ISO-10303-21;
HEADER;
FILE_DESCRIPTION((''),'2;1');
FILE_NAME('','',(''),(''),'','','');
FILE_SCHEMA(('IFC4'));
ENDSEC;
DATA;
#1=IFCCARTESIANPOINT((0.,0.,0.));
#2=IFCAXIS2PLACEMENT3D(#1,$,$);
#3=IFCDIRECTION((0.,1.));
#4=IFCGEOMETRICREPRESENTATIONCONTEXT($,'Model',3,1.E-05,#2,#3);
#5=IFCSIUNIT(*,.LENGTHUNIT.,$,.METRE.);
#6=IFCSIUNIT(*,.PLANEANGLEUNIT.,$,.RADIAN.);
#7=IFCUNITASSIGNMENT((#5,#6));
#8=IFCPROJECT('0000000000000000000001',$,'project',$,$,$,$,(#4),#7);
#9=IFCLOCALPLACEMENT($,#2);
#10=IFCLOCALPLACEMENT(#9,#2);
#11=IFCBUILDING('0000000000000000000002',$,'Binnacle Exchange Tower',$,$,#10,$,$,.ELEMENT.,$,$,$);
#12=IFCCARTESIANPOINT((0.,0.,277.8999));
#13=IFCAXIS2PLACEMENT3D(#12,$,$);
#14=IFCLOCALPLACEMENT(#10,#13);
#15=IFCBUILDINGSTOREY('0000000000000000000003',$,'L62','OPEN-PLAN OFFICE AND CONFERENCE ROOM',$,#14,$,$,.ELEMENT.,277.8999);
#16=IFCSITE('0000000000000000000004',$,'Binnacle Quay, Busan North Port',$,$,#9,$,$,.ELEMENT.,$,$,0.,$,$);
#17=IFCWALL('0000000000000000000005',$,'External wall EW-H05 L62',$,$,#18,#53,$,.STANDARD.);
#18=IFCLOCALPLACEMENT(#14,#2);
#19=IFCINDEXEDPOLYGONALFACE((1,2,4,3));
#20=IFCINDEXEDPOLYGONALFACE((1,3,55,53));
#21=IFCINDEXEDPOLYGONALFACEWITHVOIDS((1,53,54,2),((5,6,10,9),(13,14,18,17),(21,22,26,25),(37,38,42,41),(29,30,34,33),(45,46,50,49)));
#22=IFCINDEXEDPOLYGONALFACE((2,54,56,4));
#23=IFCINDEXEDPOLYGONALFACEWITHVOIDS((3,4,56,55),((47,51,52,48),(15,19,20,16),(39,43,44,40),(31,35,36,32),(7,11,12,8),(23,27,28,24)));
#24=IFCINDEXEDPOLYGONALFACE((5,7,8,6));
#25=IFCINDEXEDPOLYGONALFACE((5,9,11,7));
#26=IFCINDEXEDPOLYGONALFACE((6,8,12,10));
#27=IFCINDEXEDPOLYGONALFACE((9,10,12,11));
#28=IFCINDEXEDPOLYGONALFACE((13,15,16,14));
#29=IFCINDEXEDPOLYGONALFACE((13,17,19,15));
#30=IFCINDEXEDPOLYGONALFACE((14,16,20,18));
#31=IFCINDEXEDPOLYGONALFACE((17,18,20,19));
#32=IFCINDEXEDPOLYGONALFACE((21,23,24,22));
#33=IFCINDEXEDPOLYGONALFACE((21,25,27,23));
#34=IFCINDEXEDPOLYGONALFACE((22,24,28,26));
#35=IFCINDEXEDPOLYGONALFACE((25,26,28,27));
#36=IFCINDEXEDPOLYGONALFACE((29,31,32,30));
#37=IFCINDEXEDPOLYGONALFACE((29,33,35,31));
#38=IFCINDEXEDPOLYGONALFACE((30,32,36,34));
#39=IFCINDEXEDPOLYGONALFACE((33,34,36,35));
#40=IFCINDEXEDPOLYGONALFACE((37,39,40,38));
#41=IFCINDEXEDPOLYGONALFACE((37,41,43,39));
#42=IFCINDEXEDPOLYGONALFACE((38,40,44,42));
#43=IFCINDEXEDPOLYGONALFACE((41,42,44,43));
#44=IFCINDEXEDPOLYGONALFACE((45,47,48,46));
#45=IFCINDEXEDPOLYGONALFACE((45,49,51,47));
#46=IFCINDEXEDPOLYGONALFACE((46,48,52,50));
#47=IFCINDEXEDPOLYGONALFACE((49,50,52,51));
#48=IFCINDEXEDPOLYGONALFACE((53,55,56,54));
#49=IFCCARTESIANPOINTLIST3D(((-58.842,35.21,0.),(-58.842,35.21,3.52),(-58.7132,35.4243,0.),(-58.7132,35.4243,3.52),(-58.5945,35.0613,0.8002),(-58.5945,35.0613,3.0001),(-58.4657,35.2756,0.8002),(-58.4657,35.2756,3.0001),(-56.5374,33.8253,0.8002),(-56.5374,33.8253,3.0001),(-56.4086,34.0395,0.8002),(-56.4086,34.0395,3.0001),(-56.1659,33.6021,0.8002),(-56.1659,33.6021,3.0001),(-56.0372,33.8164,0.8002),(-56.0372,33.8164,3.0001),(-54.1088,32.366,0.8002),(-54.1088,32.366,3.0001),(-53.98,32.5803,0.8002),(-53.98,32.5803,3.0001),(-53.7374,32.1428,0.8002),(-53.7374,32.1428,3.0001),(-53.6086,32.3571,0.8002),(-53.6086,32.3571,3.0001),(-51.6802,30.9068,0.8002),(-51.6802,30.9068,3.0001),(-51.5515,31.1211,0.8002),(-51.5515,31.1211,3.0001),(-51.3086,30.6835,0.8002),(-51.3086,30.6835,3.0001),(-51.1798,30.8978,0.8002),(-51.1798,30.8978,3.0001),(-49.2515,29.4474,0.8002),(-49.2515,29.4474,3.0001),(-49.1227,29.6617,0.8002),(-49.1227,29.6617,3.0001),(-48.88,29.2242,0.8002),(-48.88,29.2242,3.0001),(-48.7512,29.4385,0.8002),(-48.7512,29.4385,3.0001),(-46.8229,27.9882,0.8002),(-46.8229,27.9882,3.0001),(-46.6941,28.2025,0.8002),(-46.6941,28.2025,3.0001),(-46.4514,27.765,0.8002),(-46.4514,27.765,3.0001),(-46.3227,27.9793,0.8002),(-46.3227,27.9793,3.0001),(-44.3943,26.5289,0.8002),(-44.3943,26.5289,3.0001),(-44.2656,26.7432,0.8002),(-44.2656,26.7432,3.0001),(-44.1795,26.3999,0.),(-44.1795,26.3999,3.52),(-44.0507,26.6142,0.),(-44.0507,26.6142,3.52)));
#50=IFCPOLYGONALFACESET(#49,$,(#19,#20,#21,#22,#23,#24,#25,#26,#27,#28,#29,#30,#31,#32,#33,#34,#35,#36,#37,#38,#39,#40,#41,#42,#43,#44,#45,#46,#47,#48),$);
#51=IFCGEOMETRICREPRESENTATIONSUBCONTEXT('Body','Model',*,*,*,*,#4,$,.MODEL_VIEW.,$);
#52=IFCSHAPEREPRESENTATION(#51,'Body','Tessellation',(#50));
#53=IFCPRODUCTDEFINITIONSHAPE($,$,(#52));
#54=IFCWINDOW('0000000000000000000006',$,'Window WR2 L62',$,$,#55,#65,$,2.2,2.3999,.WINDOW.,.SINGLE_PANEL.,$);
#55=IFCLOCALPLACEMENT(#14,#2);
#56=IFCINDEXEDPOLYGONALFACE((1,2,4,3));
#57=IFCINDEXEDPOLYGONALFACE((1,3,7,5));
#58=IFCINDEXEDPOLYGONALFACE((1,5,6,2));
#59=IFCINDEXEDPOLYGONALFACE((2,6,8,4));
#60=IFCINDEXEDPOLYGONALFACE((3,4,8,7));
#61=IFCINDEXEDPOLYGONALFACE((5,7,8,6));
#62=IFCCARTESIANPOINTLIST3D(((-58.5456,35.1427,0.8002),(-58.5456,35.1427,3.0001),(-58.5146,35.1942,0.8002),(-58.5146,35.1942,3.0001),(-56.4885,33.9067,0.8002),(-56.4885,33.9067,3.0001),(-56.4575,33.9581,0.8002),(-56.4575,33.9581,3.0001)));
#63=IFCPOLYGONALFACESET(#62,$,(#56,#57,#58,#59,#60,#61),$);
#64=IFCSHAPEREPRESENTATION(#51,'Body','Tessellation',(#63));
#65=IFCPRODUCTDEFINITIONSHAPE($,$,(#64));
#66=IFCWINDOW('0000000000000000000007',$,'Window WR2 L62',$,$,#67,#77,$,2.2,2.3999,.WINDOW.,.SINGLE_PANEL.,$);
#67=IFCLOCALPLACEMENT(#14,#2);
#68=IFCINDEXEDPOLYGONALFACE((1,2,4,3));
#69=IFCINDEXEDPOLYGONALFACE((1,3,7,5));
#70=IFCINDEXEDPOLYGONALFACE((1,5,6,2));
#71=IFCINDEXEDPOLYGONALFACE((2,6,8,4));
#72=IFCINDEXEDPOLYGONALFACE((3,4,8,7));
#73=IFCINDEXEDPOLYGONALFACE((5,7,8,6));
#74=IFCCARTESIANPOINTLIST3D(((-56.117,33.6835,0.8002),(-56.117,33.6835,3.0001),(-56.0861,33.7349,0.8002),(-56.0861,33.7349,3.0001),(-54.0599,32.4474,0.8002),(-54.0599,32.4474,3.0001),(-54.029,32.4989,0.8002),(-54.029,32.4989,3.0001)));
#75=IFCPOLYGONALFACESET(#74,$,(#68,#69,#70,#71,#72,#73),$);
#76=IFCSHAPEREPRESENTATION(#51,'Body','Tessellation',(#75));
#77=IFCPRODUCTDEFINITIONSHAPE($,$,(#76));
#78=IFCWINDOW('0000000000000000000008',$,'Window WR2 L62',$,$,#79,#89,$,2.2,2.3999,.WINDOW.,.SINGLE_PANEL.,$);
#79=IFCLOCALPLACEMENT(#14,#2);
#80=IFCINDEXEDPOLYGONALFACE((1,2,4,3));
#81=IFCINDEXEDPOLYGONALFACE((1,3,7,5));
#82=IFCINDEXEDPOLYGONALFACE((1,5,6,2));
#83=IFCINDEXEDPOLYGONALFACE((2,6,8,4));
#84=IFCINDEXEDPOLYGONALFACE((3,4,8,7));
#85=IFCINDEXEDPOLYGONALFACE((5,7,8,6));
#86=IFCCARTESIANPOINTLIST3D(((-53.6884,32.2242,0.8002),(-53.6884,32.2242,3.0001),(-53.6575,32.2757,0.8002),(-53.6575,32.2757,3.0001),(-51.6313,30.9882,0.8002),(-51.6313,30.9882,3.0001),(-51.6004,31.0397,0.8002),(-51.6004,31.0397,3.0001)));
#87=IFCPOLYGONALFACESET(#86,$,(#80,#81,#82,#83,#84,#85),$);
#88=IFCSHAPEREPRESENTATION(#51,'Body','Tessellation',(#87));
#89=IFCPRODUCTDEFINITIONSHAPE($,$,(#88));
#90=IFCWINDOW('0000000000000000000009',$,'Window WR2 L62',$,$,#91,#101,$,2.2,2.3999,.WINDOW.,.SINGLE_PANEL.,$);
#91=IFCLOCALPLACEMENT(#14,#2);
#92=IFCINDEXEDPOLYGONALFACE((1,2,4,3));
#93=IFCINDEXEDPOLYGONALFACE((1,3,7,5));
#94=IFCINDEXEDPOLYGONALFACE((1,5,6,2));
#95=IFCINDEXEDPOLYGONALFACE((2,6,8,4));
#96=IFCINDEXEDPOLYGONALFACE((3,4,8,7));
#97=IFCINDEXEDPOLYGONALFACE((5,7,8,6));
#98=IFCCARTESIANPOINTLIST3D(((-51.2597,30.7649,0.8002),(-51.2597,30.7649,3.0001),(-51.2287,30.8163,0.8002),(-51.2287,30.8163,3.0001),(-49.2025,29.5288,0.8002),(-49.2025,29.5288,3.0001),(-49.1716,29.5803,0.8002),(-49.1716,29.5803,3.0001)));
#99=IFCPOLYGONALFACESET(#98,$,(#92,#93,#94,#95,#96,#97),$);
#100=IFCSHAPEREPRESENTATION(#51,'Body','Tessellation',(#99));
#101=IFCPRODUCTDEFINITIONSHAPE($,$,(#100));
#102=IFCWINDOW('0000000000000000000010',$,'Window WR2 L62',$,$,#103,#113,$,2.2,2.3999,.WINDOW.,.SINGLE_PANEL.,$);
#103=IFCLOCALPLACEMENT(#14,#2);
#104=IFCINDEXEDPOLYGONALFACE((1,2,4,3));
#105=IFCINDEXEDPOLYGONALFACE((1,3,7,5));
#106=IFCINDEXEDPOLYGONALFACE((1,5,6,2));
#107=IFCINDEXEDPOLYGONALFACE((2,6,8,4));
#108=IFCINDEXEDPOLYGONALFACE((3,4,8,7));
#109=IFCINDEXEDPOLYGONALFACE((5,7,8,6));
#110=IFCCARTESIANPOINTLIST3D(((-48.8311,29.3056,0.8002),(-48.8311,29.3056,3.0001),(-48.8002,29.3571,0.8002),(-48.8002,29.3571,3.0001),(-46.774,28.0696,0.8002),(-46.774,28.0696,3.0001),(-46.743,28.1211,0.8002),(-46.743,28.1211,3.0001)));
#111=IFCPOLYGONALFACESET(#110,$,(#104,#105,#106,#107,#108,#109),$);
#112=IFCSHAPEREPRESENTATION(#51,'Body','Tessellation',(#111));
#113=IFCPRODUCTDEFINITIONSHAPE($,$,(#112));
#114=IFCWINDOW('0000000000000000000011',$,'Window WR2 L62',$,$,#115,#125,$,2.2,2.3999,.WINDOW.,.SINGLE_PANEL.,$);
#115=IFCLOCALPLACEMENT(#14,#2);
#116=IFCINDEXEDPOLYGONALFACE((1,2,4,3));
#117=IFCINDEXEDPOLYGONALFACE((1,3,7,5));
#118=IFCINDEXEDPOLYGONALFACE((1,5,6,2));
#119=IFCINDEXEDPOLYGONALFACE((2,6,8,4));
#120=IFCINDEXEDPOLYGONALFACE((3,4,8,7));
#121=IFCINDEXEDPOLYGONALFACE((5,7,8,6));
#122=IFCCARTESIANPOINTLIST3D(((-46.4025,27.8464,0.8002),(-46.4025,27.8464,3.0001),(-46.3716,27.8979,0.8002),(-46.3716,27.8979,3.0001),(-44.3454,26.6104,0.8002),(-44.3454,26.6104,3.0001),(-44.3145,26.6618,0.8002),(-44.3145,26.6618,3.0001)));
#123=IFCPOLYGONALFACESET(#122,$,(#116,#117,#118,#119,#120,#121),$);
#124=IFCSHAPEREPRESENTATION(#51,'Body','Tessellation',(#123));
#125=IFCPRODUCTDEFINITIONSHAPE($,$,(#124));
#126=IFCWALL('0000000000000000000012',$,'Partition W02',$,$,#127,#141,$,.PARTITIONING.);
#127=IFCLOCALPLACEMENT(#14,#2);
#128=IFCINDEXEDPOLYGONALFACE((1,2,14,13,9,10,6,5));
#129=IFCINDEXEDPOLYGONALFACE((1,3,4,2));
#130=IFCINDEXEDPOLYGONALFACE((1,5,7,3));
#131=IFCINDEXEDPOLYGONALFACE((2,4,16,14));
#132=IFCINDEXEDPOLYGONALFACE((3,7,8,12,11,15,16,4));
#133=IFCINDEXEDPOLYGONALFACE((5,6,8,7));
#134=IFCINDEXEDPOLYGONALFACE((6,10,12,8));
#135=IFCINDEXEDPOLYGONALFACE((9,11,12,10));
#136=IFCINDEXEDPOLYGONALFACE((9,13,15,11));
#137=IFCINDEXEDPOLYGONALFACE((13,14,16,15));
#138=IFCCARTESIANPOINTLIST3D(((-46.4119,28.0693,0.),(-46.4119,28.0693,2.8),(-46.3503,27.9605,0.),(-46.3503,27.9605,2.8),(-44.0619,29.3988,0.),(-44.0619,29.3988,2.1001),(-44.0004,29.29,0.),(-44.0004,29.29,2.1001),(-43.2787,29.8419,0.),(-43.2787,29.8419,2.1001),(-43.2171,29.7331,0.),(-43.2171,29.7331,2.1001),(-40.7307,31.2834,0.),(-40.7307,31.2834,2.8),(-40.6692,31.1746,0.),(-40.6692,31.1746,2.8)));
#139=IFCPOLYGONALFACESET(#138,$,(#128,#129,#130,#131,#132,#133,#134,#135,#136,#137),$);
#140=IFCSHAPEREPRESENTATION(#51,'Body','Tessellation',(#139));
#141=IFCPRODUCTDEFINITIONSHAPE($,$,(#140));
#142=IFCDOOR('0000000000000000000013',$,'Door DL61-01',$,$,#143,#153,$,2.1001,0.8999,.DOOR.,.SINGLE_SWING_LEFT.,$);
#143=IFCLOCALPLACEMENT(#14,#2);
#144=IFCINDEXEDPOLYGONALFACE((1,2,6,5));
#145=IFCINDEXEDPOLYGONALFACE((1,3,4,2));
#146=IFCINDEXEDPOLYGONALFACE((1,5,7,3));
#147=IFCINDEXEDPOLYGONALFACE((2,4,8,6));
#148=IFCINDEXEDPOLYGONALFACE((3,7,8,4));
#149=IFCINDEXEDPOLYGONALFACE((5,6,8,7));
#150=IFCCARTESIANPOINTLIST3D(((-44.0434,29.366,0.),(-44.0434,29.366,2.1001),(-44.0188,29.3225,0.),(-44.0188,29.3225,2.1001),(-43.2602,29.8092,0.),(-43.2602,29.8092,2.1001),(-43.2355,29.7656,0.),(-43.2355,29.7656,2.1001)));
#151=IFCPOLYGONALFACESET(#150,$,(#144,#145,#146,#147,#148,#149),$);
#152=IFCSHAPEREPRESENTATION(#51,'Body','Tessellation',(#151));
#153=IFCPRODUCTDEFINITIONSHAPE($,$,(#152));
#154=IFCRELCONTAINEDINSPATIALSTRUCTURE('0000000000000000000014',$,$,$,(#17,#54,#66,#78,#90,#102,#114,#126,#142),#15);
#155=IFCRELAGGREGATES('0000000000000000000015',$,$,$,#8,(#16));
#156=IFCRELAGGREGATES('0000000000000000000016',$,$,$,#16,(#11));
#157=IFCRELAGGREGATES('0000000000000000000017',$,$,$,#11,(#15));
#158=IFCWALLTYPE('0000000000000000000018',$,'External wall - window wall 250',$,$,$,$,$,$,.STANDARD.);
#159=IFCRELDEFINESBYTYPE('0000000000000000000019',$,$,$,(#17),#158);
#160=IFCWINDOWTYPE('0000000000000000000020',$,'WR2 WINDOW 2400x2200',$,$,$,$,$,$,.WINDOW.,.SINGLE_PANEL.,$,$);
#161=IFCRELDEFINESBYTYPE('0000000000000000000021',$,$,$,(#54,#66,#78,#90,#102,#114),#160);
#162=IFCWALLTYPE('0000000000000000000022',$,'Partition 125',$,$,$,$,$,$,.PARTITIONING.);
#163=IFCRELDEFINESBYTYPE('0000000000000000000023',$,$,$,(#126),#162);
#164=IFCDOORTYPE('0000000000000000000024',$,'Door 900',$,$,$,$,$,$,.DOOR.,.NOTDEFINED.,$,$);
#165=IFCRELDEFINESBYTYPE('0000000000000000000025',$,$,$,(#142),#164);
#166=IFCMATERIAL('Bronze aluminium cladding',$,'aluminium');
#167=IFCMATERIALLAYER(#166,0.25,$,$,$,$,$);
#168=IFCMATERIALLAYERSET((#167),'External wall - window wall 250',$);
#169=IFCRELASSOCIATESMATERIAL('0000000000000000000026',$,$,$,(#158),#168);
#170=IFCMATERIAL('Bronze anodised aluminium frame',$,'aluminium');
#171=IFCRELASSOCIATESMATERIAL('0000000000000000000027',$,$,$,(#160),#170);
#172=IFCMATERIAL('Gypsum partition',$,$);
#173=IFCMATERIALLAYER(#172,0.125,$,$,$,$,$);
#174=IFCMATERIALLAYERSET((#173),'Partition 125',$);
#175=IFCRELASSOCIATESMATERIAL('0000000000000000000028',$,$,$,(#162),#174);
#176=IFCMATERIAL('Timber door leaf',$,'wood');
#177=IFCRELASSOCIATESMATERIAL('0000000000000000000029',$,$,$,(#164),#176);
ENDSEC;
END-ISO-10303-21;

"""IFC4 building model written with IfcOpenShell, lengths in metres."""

from ifc_helpers import new_model, si_unit, direction, frame, frame_2d, origin, place, context, subcontext, project, spatial, rectangle, extrude, material, layer, layer_set, type_object, element, fill, save


model = new_model("IFC4")

# Units and contexts
model_context = context("Model", 3, precision=1e-05, world=origin(), true_north=direction((0.0, 1.0)))
body_context = subcontext(model_context, "Body", "Model", "MODEL_VIEW")
ifc_project = project(units=[si_unit("LENGTHUNIT", "METRE"), si_unit("PLANEANGLEUNIT", "RADIAN")], contexts=[model_context])

# Site, building, storey
site_placement = place(None, origin())
site = spatial("IfcSite", under=ifc_project, at=site_placement, Name="Binnacle Quay, Busan North Port", CompositionType="ELEMENT", RefElevation=0.0)
building_placement = place(site_placement, origin())
building = spatial("IfcBuilding", under=site, at=building_placement, Name="Binnacle Exchange Tower", CompositionType="ELEMENT")
storey_placement = place(building_placement, frame((0.0, 0.0, 277.8999)))
storey = spatial("IfcBuildingStorey", under=building, at=storey_placement, Name="L62", Description="OPEN-PLAN OFFICE AND CONFERENCE ROOM", CompositionType="ELEMENT", Elevation=277.8999)

# Shared definitions
ifc_material_1 = material(Name="Bronze aluminium cladding", Category="aluminium")
ifc_layer_1 = layer(ifc_material_1, 0.25)
ifc_layer_set_1 = layer_set([ifc_layer_1], Name="External wall - window wall 250")
wall_type_1 = type_object("IfcWallType", Name="External wall - window wall 250", PredefinedType="STANDARD", material=ifc_layer_set_1)

# Wall, openings, windows
wall_1_placement = place(storey_placement, frame((-44.1152, 26.5071, 0.0), z_axis=(0.0, 0.0, 1.0), x_axis=(-0.857167, 0.515039, 0.0)))
wall_1 = element("IfcWall", 1, at=wall_1_placement, inside=storey, type_object=wall_type_1, Name="External wall EW-H05 L62", PredefinedType="STANDARD", context=body_context, shape_type="SweptSolid", body=[
    extrude(rectangle(XDim=17.1057, YDim=0.25, at=frame_2d((8.5527, 0.0))), origin(), (0.0, 0.0, 1.0), 3.52),
])
opening_1_placement = place(wall_1_placement, frame((14.417, 0.0, 0.8)))
opening_1 = element("IfcOpeningElement", 2, at=opening_1_placement, cuts=wall_1, PredefinedType="OPENING", context=body_context, shape_type="SweptSolid", body=[
    extrude(rectangle(XDim=2.3999, YDim=2.2, at=frame_2d((1.2, 1.1001))), frame((0.0, 0.135, 0.0), z_axis=(0.0, -1.0, 0.0), x_axis=(1.0, 0.0, 0.0)), (0.0, 0.0, 1.0), 0.27),
])
opening_2_placement = place(wall_1_placement, frame((11.5837, 0.0, 0.8)))
opening_2 = element("IfcOpeningElement", 3, at=opening_2_placement, cuts=wall_1, PredefinedType="OPENING", context=body_context, shape_type="SweptSolid", body=[
    extrude(rectangle(XDim=2.3999, YDim=2.2, at=frame_2d((1.2, 1.1001))), frame((0.0, 0.135, 0.0), z_axis=(0.0, -1.0, 0.0), x_axis=(1.0, 0.0, 0.0)), (0.0, 0.0, 1.0), 0.27),
])
opening_3_placement = place(wall_1_placement, frame((8.7505, 0.0, 0.8)))
opening_3 = element("IfcOpeningElement", 4, at=opening_3_placement, cuts=wall_1, PredefinedType="OPENING", context=body_context, shape_type="SweptSolid", body=[
    extrude(rectangle(XDim=2.3999, YDim=2.2, at=frame_2d((1.2, 1.1001))), frame((0.0, 0.135, 0.0), z_axis=(0.0, -1.0, 0.0), x_axis=(1.0, 0.0, 0.0)), (0.0, 0.0, 1.0), 0.27),
])
opening_4_placement = place(wall_1_placement, frame((5.917, 0.0, 0.8)))
opening_4 = element("IfcOpeningElement", 5, at=opening_4_placement, cuts=wall_1, PredefinedType="OPENING", context=body_context, shape_type="SweptSolid", body=[
    extrude(rectangle(XDim=2.3999, YDim=2.2, at=frame_2d((1.2, 1.1001))), frame((0.0, 0.135, 0.0), z_axis=(0.0, -1.0, 0.0), x_axis=(1.0, 0.0, 0.0)), (0.0, 0.0, 1.0), 0.27),
])
opening_5_placement = place(wall_1_placement, frame((3.0837, 0.0, 0.8)))
opening_5 = element("IfcOpeningElement", 6, at=opening_5_placement, cuts=wall_1, PredefinedType="OPENING", context=body_context, shape_type="SweptSolid", body=[
    extrude(rectangle(XDim=2.3999, YDim=2.2, at=frame_2d((1.2, 1.1001))), frame((0.0, 0.135, 0.0), z_axis=(0.0, -1.0, 0.0), x_axis=(1.0, 0.0, 0.0)), (0.0, 0.0, 1.0), 0.27),
])
opening_6_placement = place(wall_1_placement, frame((0.2505, 0.0, 0.8)))
opening_6 = element("IfcOpeningElement", 7, at=opening_6_placement, cuts=wall_1, PredefinedType="OPENING", context=body_context, shape_type="SweptSolid", body=[
    extrude(rectangle(XDim=2.3999, YDim=2.2, at=frame_2d((1.2, 1.1001))), frame((0.0, 0.135, 0.0), z_axis=(0.0, -1.0, 0.0), x_axis=(1.0, 0.0, 0.0)), (0.0, 0.0, 1.0), 0.27),
])
ifc_material_2 = material(Name="Bronze anodised aluminium frame", Category="aluminium")
window_type = type_object("IfcWindowType", Name="WR2 WINDOW 2400x2200", PartitioningType="SINGLE_PANEL", PredefinedType="WINDOW", material=ifc_material_2)
window_1_placement = place(opening_1_placement, origin())
window_1 = element("IfcWindow", 8, at=window_1_placement, inside=storey, type_object=window_type, Name="Window WR2 L62", OverallHeight=2.2, OverallWidth=2.3999, PartitioningType="SINGLE_PANEL", PredefinedType="WINDOW", context=body_context, shape_type="SweptSolid", body=[
    extrude(rectangle(XDim=2.3999, YDim=2.2, at=frame_2d((1.2, 1.1001))), frame((0.0, 0.03, 0.0), z_axis=(0.0, -1.0, 0.0), x_axis=(1.0, 0.0, 0.0)), (0.0, 0.0, 1.0), 0.0601),
])
fill(opening_1, window_1)
window_2_placement = place(opening_2_placement, origin())
window_2 = element("IfcWindow", 9, at=window_2_placement, inside=storey, type_object=window_type, Name="Window WR2 L62", OverallHeight=2.2, OverallWidth=2.3999, PartitioningType="SINGLE_PANEL", PredefinedType="WINDOW", context=body_context, shape_type="SweptSolid", body=[
    extrude(rectangle(XDim=2.3999, YDim=2.2, at=frame_2d((1.2, 1.1001))), frame((0.0, 0.03, 0.0), z_axis=(0.0, -1.0, 0.0), x_axis=(1.0, 0.0, 0.0)), (0.0, 0.0, 1.0), 0.0601),
])
fill(opening_2, window_2)
window_3_placement = place(opening_3_placement, origin())
window_3 = element("IfcWindow", 10, at=window_3_placement, inside=storey, type_object=window_type, Name="Window WR2 L62", OverallHeight=2.2, OverallWidth=2.3999, PartitioningType="SINGLE_PANEL", PredefinedType="WINDOW", context=body_context, shape_type="SweptSolid", body=[
    extrude(rectangle(XDim=2.3999, YDim=2.2, at=frame_2d((1.2, 1.1001))), frame((0.0, 0.03, 0.0), z_axis=(0.0, -1.0, 0.0), x_axis=(1.0, 0.0, 0.0)), (0.0, 0.0, 1.0), 0.0601),
])
fill(opening_3, window_3)
window_4_placement = place(opening_4_placement, origin())
window_4 = element("IfcWindow", 11, at=window_4_placement, inside=storey, type_object=window_type, Name="Window WR2 L62", OverallHeight=2.2, OverallWidth=2.3999, PartitioningType="SINGLE_PANEL", PredefinedType="WINDOW", context=body_context, shape_type="SweptSolid", body=[
    extrude(rectangle(XDim=2.3999, YDim=2.2, at=frame_2d((1.2, 1.1001))), frame((0.0, 0.03, 0.0), z_axis=(0.0, -1.0, 0.0), x_axis=(1.0, 0.0, 0.0)), (0.0, 0.0, 1.0), 0.0601),
])
fill(opening_4, window_4)
window_5_placement = place(opening_5_placement, origin())
window_5 = element("IfcWindow", 12, at=window_5_placement, inside=storey, type_object=window_type, Name="Window WR2 L62", OverallHeight=2.2, OverallWidth=2.3999, PartitioningType="SINGLE_PANEL", PredefinedType="WINDOW", context=body_context, shape_type="SweptSolid", body=[
    extrude(rectangle(XDim=2.3999, YDim=2.2, at=frame_2d((1.2, 1.1001))), frame((0.0, 0.03, 0.0), z_axis=(0.0, -1.0, 0.0), x_axis=(1.0, 0.0, 0.0)), (0.0, 0.0, 1.0), 0.0601),
])
fill(opening_5, window_5)
window_6_placement = place(opening_6_placement, origin())
window_6 = element("IfcWindow", 13, at=window_6_placement, inside=storey, type_object=window_type, Name="Window WR2 L62", OverallHeight=2.2, OverallWidth=2.3999, PartitioningType="SINGLE_PANEL", PredefinedType="WINDOW", context=body_context, shape_type="SweptSolid", body=[
    extrude(rectangle(XDim=2.3999, YDim=2.2, at=frame_2d((1.2, 1.1001))), frame((0.0, 0.03, 0.0), z_axis=(0.0, -1.0, 0.0), x_axis=(1.0, 0.0, 0.0)), (0.0, 0.0, 1.0), 0.0601),
])
fill(opening_6, window_6)

# Wall, opening, door
ifc_material_3 = material(Name="Gypsum partition")
ifc_layer_2 = layer(ifc_material_3, 0.125)
ifc_layer_set_2 = layer_set([ifc_layer_2], Name="Partition 125")
wall_type_2 = type_object("IfcWallType", Name="Partition 125", PredefinedType="PARTITIONING", material=ifc_layer_set_2)
wall_2_placement = place(storey_placement, frame((-46.3811, 28.0149, 0.0), z_axis=(0.0, 0.0, 1.0), x_axis=(0.870364, 0.492408, 0.0)))
wall_2 = element("IfcWall", 14, at=wall_2_placement, inside=storey, type_object=wall_type_2, Name="Partition W02", PredefinedType="PARTITIONING", context=body_context, shape_type="SweptSolid", body=[
    extrude(rectangle(XDim=6.5273, YDim=0.125, at=frame_2d((3.2637, 0.0))), origin(), (0.0, 0.0, 1.0), 2.8),
])
opening_7_placement = place(wall_2_placement, frame((2.7, 0.0, 0.0)))
opening_7 = element("IfcOpeningElement", 15, at=opening_7_placement, cuts=wall_2, PredefinedType="OPENING", context=body_context, shape_type="SweptSolid", body=[
    extrude(rectangle(XDim=0.8999, YDim=2.1001, at=frame_2d((0.45, 1.05))), frame((0.0, 0.0725, 0.0), z_axis=(0.0, -1.0, 0.0), x_axis=(1.0, 0.0, 0.0)), (0.0, 0.0, 1.0), 0.145),
])
ifc_material_4 = material(Name="Timber door leaf", Category="wood")
door_type_1 = type_object("IfcDoorType", Name="Door 900", OperationType="NOTDEFINED", PredefinedType="DOOR", material=ifc_material_4)
door_1_placement = place(opening_7_placement, origin())
door_1 = element("IfcDoor", 16, at=door_1_placement, inside=storey, type_object=door_type_1, Name="Door DL61-01", OperationType="SINGLE_SWING_LEFT", OverallHeight=2.1001, OverallWidth=0.8999, PredefinedType="DOOR", context=body_context, shape_type="SweptSolid", body=[
    extrude(rectangle(XDim=0.8999, YDim=2.1001, at=frame_2d((0.45, 1.05))), frame((0.0, 0.0249, 0.0), z_axis=(0.0, -1.0, 0.0), x_axis=(1.0, 0.0, 0.0)), (0.0, 0.0, 1.0), 0.05),
])
fill(opening_7, door_1)

save(model, "model.ifc")
